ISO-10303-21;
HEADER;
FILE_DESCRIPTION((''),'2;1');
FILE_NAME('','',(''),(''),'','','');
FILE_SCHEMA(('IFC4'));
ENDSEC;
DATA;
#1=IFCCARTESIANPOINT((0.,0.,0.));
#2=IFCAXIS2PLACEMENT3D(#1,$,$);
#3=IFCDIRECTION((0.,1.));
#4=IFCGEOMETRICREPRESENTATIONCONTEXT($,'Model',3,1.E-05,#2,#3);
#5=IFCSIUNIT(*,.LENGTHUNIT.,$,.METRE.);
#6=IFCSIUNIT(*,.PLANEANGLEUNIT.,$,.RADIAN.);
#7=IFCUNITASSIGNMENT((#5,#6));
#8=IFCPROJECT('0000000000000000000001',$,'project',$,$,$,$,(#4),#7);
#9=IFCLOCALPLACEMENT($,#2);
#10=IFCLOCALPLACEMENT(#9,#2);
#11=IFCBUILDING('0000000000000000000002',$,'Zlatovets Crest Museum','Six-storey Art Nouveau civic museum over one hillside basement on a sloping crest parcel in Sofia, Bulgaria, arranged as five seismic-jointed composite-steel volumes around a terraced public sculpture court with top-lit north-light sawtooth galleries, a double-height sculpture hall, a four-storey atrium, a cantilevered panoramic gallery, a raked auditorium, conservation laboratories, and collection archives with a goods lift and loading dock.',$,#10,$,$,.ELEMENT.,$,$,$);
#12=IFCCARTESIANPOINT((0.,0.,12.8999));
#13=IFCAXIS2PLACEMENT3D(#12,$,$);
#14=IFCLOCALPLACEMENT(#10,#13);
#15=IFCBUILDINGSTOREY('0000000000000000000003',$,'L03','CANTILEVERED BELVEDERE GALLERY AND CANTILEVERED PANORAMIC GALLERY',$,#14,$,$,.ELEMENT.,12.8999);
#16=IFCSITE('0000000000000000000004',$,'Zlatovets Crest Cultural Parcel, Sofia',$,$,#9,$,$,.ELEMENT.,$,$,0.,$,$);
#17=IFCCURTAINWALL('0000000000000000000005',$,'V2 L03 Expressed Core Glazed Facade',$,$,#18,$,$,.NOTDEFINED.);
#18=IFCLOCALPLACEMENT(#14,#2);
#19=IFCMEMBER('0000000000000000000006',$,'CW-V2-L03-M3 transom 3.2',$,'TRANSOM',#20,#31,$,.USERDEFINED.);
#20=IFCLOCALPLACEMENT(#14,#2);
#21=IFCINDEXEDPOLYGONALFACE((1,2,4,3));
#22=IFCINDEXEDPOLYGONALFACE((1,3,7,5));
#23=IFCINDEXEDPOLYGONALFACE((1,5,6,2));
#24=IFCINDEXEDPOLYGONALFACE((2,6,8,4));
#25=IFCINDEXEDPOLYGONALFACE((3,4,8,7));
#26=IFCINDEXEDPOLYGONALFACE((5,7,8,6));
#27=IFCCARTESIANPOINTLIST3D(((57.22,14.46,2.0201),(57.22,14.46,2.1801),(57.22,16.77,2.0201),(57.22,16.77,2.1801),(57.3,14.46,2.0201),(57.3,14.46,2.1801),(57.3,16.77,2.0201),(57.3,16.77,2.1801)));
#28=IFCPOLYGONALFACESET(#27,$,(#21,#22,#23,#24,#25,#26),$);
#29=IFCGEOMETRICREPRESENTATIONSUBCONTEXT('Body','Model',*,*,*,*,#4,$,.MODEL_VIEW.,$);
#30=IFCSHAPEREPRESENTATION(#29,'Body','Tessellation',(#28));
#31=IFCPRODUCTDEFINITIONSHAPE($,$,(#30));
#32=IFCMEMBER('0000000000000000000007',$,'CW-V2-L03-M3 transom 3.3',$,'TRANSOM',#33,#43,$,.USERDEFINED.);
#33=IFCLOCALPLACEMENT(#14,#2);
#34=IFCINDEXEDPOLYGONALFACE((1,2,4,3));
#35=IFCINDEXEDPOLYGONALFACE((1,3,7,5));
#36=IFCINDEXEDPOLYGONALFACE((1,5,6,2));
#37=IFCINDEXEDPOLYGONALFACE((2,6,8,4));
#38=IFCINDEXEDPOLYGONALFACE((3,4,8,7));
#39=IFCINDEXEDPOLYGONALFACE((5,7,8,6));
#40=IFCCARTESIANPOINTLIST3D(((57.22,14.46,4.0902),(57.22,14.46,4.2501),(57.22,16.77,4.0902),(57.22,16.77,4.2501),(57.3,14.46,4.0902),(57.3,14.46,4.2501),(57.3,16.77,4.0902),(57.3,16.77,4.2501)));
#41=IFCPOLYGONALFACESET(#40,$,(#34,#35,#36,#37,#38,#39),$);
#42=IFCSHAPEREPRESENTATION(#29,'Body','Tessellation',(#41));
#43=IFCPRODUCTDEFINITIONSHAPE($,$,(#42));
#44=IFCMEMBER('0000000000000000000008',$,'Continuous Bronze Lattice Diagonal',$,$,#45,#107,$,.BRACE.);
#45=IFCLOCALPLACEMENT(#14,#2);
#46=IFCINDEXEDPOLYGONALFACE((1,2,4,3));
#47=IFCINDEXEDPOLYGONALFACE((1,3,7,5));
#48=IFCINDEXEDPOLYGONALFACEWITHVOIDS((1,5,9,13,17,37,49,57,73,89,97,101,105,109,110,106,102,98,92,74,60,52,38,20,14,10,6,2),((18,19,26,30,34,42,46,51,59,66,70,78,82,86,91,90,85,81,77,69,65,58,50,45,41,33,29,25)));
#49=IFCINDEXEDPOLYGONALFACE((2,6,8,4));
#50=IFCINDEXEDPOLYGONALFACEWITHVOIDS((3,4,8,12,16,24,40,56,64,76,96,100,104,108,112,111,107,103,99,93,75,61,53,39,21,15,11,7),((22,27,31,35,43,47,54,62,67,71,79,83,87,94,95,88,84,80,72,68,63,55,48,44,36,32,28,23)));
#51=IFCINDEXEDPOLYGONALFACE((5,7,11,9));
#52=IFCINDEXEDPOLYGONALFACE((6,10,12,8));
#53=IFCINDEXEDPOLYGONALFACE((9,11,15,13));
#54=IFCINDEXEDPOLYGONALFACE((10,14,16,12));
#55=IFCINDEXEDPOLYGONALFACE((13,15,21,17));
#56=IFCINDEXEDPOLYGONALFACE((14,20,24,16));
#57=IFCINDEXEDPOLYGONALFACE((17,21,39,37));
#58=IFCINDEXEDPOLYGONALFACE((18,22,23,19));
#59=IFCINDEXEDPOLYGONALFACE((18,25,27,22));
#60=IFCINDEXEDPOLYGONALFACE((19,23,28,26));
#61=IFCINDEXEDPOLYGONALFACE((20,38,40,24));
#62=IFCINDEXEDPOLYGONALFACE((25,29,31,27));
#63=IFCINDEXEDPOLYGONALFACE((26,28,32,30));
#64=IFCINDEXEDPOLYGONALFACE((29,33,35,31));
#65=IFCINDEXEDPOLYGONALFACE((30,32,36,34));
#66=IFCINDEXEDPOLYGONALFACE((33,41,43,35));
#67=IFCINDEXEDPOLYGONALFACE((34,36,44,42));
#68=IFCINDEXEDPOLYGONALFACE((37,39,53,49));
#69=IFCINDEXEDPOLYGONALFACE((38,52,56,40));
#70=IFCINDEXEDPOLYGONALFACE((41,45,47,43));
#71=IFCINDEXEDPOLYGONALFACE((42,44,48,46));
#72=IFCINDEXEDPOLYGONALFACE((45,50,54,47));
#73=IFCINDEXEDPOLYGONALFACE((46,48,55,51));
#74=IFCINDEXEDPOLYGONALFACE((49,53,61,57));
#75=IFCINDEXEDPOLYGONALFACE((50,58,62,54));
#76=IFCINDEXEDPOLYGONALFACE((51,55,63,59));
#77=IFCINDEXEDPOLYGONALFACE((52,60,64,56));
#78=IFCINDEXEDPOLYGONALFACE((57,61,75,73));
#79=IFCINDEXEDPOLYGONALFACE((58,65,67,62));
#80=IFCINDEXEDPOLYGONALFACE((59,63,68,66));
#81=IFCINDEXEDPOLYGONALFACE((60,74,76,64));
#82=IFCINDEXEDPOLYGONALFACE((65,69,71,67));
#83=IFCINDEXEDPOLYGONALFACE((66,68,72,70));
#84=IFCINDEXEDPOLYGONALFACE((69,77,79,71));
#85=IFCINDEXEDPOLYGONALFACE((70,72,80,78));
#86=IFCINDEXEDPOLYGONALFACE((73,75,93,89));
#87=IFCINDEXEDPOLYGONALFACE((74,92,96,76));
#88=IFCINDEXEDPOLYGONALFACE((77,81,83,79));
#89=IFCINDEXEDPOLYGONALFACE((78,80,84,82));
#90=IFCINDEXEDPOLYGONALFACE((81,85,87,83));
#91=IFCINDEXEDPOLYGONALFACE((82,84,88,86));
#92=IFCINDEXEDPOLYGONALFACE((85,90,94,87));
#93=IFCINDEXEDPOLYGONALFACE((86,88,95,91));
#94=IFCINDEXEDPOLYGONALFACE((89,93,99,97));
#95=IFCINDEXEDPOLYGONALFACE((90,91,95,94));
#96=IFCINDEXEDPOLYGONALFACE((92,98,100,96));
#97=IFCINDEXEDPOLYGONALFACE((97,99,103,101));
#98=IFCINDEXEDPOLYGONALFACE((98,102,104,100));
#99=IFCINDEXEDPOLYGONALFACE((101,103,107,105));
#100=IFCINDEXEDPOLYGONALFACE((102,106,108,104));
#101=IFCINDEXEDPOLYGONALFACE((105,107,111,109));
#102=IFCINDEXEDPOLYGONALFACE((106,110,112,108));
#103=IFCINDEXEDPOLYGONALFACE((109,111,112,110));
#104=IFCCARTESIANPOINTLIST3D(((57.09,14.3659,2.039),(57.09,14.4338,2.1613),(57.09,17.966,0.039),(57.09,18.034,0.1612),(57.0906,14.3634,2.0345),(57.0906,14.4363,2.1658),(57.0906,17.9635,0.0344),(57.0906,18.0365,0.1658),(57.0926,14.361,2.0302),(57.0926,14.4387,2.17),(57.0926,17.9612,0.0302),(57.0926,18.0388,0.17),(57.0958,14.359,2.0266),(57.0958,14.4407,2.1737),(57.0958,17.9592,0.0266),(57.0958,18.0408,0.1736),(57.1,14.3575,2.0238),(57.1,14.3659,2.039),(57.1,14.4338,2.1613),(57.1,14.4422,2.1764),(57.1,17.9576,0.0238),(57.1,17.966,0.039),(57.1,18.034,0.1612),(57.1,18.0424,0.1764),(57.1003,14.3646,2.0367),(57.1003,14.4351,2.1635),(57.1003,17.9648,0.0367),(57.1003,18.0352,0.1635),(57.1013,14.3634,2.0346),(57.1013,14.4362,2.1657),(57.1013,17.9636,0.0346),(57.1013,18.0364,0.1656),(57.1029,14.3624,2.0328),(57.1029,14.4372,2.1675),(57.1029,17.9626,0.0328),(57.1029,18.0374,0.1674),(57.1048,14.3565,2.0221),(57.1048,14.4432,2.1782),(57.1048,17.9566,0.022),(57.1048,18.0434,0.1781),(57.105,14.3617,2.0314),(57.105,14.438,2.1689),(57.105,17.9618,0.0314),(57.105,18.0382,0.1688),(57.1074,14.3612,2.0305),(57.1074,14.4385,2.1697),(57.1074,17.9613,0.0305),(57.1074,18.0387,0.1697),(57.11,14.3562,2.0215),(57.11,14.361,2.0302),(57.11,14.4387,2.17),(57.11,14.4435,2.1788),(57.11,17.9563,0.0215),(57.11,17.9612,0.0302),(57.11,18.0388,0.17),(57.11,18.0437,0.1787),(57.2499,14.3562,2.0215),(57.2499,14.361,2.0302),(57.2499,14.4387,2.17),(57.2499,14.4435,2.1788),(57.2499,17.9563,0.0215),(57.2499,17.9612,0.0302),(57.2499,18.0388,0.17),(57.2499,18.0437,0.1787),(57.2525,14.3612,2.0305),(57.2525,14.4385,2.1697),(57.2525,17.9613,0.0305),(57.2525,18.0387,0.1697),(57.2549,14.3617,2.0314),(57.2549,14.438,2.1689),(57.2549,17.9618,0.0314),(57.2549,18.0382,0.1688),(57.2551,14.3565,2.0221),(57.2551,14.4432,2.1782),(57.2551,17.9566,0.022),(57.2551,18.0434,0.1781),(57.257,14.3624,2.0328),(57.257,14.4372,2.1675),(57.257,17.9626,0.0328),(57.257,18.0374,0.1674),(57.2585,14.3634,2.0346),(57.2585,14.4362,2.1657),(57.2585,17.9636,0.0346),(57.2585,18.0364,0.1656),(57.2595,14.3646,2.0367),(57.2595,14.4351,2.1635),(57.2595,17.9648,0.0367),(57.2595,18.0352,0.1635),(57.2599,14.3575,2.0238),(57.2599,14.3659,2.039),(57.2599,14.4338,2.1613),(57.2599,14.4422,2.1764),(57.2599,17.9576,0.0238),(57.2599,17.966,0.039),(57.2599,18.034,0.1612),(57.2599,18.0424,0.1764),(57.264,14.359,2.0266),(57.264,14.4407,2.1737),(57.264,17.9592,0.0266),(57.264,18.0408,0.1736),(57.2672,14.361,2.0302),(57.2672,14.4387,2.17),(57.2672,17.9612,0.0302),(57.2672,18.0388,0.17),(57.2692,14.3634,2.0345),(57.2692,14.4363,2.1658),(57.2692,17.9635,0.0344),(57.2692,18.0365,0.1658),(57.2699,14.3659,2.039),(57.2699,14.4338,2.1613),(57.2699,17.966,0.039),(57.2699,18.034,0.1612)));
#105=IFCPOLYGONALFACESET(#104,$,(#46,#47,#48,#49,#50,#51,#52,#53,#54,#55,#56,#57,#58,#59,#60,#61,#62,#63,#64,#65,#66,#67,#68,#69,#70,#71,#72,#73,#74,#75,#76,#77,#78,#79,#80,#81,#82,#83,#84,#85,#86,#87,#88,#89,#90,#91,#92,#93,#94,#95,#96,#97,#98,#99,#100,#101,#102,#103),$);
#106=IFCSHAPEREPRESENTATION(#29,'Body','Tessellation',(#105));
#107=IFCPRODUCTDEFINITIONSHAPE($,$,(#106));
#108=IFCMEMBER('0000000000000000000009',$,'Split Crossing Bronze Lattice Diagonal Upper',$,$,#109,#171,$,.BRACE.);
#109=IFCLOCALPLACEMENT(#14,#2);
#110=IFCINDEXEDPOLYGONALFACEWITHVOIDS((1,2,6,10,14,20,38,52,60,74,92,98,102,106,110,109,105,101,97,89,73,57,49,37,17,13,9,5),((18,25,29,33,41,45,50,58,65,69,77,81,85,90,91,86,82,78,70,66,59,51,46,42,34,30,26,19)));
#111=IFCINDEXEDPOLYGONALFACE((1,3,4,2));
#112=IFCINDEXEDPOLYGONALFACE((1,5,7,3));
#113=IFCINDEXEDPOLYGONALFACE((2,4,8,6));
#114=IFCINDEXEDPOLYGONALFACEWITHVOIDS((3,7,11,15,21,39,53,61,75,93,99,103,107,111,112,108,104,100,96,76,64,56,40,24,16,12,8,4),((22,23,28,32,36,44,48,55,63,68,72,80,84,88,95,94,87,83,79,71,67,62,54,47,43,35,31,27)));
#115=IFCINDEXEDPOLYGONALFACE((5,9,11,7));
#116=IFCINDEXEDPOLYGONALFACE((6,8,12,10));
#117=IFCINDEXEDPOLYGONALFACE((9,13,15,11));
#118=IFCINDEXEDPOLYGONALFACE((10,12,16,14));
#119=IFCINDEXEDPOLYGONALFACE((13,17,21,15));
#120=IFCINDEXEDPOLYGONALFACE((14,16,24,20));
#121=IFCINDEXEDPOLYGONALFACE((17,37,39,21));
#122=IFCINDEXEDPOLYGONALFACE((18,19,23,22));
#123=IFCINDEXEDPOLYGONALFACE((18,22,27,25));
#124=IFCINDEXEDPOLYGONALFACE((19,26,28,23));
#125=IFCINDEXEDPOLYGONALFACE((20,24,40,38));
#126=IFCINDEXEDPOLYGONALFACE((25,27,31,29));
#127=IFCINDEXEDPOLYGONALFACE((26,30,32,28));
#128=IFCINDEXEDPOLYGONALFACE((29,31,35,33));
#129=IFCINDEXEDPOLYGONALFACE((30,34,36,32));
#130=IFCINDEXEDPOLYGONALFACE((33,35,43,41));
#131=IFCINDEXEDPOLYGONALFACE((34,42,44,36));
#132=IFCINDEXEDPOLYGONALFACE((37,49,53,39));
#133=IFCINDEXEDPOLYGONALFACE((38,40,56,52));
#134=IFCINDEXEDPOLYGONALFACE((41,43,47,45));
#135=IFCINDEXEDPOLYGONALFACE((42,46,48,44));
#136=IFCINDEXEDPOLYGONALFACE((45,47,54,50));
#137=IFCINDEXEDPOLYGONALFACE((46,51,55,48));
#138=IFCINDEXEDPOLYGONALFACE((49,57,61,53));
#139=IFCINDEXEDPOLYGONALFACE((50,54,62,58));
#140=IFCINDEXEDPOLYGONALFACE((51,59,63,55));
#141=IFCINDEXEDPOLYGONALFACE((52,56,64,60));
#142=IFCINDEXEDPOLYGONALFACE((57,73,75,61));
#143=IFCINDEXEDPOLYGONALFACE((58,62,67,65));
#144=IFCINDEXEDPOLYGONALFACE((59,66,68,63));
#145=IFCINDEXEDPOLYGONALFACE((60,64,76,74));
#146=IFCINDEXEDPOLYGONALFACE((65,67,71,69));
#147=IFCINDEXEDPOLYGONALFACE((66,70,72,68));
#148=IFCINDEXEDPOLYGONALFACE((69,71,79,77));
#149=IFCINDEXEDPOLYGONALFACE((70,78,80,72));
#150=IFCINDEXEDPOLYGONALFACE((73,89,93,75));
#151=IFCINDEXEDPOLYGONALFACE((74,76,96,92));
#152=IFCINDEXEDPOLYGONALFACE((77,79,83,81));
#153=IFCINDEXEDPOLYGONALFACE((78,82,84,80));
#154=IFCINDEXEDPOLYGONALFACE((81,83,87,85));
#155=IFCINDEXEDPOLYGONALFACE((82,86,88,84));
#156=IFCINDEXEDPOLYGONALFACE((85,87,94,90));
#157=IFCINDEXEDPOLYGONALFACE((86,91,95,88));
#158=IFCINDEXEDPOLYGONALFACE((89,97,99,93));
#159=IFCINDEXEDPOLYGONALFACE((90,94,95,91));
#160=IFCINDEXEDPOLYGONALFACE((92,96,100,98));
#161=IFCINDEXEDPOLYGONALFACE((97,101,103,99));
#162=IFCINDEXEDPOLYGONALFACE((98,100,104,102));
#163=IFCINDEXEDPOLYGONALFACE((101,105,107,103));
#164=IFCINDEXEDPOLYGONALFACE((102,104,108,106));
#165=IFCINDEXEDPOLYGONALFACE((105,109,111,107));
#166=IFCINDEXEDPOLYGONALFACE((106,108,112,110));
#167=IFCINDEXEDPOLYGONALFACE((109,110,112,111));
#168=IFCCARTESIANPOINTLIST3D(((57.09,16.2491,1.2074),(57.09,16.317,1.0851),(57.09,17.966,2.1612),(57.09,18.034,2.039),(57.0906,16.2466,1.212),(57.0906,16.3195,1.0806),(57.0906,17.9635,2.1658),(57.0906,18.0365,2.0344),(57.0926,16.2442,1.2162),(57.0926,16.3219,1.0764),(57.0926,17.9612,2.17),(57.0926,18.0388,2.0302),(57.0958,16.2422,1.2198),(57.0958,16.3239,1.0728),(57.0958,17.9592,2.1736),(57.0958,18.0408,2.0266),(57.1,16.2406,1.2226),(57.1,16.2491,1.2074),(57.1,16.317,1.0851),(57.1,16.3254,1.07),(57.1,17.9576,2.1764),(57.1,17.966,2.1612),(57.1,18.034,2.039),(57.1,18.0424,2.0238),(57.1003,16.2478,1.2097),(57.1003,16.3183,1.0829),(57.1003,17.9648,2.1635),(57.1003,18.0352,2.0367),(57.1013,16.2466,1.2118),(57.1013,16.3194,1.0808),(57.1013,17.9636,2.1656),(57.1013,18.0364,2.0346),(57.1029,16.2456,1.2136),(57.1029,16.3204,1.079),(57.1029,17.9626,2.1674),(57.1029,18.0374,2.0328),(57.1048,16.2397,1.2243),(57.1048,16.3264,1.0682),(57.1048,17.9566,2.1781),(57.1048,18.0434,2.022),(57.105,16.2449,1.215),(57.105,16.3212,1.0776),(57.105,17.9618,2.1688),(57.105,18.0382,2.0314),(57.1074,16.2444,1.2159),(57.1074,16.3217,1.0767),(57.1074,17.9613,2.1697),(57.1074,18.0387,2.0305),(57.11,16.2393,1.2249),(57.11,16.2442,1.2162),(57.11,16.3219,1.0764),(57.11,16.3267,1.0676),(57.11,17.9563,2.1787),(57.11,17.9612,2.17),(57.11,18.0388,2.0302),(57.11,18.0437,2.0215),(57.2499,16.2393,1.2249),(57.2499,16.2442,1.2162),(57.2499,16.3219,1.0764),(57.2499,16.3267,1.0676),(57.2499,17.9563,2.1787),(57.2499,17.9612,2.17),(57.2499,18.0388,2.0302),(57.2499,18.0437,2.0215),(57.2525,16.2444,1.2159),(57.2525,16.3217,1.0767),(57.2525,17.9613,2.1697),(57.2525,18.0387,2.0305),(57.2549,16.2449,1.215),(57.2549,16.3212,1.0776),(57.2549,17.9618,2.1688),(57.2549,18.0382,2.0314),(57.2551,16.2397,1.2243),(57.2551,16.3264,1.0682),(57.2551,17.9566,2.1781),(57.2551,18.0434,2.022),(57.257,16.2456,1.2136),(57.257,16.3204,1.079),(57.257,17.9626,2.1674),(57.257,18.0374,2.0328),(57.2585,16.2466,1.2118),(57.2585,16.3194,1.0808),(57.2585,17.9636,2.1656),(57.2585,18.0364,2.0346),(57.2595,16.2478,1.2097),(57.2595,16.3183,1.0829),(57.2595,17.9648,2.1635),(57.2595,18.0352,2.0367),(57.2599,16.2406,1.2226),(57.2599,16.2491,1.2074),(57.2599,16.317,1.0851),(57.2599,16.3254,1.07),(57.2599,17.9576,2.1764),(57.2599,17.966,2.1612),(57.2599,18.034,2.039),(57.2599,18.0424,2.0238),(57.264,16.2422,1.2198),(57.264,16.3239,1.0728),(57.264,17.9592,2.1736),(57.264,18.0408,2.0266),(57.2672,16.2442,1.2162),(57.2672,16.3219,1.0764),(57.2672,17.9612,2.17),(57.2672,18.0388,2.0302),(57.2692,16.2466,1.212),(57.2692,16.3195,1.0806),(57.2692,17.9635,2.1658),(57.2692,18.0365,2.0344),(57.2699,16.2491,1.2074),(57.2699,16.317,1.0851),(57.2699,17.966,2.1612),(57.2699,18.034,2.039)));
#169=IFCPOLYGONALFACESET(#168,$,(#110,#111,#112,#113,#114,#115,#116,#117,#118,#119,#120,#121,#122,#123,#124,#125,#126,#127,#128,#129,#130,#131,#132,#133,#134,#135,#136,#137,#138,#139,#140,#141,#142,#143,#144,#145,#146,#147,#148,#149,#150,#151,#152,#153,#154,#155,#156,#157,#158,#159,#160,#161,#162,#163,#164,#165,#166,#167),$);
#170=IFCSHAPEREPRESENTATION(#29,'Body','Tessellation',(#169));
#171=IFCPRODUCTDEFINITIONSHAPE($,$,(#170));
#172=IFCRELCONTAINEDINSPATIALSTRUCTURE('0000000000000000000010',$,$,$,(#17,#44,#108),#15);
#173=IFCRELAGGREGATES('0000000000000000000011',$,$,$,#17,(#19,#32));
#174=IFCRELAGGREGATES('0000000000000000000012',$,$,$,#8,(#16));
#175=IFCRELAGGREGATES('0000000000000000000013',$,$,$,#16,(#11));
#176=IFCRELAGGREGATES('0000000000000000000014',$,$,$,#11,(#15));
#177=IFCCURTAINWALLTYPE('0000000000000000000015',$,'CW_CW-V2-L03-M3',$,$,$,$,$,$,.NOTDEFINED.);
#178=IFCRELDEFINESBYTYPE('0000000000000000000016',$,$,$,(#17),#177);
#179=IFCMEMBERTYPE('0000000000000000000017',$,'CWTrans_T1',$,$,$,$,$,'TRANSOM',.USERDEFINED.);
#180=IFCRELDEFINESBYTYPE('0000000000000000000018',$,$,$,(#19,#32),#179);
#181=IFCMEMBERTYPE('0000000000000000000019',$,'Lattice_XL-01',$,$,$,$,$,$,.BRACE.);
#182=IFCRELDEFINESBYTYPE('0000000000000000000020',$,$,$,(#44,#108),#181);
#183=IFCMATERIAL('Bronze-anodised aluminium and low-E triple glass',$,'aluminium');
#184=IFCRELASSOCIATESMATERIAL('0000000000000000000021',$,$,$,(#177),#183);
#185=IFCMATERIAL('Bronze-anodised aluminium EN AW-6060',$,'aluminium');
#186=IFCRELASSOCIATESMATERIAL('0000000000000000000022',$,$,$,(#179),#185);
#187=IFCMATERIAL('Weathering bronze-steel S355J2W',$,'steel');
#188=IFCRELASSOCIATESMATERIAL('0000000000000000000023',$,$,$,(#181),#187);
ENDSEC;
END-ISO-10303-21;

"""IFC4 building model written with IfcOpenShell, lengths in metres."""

from ifc_helpers import new_model, si_unit, direction, frame, origin, origin_2d, place, context, subcontext, project, spatial, rectangle, hollow_rectangle, extrude, material, material_profile, profile_set, type_object, element, aggregate, save


model = new_model("IFC4")

# Units and contexts
model_context = context("Model", 3, precision=1e-05, world=origin(), true_north=direction((0.0, 1.0)))
body_context = subcontext(model_context, "Body", "Model", "MODEL_VIEW")
ifc_project = project(units=[si_unit("LENGTHUNIT", "METRE"), si_unit("PLANEANGLEUNIT", "RADIAN")], contexts=[model_context])

# Site, building, storey
site_placement = place(None, origin())
site = spatial("IfcSite", under=ifc_project, at=site_placement, Name="Zlatovets Crest Cultural Parcel, Sofia", CompositionType="ELEMENT", RefElevation=0.0)
building_placement = place(site_placement, origin())
building = spatial("IfcBuilding", under=site, at=building_placement, Name="Zlatovets Crest Museum", Description="Six-storey Art Nouveau civic museum over one hillside basement on a sloping crest parcel in Sofia, Bulgaria, arranged as five seismic-jointed composite-steel volumes around a terraced public sculpture court with top-lit north-light sawtooth galleries, a double-height sculpture hall, a four-storey atrium, a cantilevered panoramic gallery, a raked auditorium, conservation laboratories, and collection archives with a goods lift and loading dock.", CompositionType="ELEMENT")
storey_placement = place(building_placement, frame((0.0, 0.0, 12.8999)))
storey = spatial("IfcBuildingStorey", under=building, at=storey_placement, Name="L03", Description="CANTILEVERED BELVEDERE GALLERY AND CANTILEVERED PANORAMIC GALLERY", CompositionType="ELEMENT", Elevation=12.8999)

# Curtain wall, members
ifc_material_1 = material(Name="Bronze-anodised aluminium and low-E triple glass", Category="aluminium")
curtain_wall_type = type_object("IfcCurtainWallType", Name="CW_CW-V2-L03-M3", PredefinedType="NOTDEFINED", material=ifc_material_1)
curtain_wall_placement = place(storey_placement, origin())
curtain_wall = element("IfcCurtainWall", 1, at=curtain_wall_placement, inside=storey, type_object=curtain_wall_type, Name="V2 L03 Expressed Core Glazed Facade", PredefinedType="NOTDEFINED")
ifc_material_2 = material(Name="Bronze-anodised aluminium EN AW-6060", Category="aluminium")
ifc_material_profile_1 = material_profile(ifc_material_2, rectangle(XDim=0.0801, YDim=0.1599, at=origin_2d()), Name="ALU 80x160")
ifc_profile_set_1 = profile_set([ifc_material_profile_1], Name="Bronze-anodised aluminium EN AW-6060")
member_type_1 = type_object("IfcMemberType", Name="CWTrans_T1", ElementType="TRANSOM", PredefinedType="USERDEFINED", material=ifc_profile_set_1)
member_1_placement = place(storey_placement, frame((57.26, 16.77, 2.1001), z_axis=(0.0, -1.0, 0.0), x_axis=(1.0, 0.0, 0.0)))
member_1 = element("IfcMember", 2, at=member_1_placement, type_object=member_type_1, Name="CW-V2-L03-M3 transom 3.2", ObjectType="TRANSOM", PredefinedType="USERDEFINED", context=body_context, shape_type="SweptSolid", body=[
    extrude(rectangle(XDim=0.0801, YDim=0.1599, at=origin_2d()), origin(), (0.0, 0.0, 1.0), 2.3101),
])
member_2_placement = place(storey_placement, frame((57.26, 16.77, 4.1702), z_axis=(0.0, -1.0, 0.0), x_axis=(1.0, 0.0, 0.0)))
member_2 = element("IfcMember", 3, at=member_2_placement, type_object=member_type_1, Name="CW-V2-L03-M3 transom 3.3", ObjectType="TRANSOM", PredefinedType="USERDEFINED", context=body_context, shape_type="SweptSolid", body=[
    extrude(rectangle(XDim=0.0801, YDim=0.1599, at=origin_2d()), origin(), (0.0, 0.0, 1.0), 2.3101),
])

# Members
ifc_material_3 = material(Name="Weathering bronze-steel S355J2W", Category="steel")
ifc_material_profile_2 = material_profile(ifc_material_3, hollow_rectangle(XDim=0.1799, YDim=0.1799, WallThickness=0.01, InnerFilletRadius=0.01, OuterFilletRadius=0.02, at=origin_2d()), Name="SHS 180x180x10.0")
ifc_profile_set_2 = profile_set([ifc_material_profile_2], Name="Weathering bronze-steel S355J2W")
member_type_2 = type_object("IfcMemberType", Name="Lattice_XL-01", PredefinedType="BRACE", material=ifc_profile_set_2)
member_3_placement = place(storey_placement, frame((57.1799, 18.0, 0.1001), z_axis=(0.0, -0.874163, 0.485633), x_axis=(1.0, 0.0, 0.0)))
element("IfcMember", 4, at=member_3_placement, inside=storey, type_object=member_type_2, Name="Continuous Bronze Lattice Diagonal", PredefinedType="BRACE", context=body_context, shape_type="SweptSolid", body=[
    extrude(hollow_rectangle(XDim=0.1799, YDim=0.1799, WallThickness=0.01, InnerFilletRadius=0.01, OuterFilletRadius=0.02, at=origin_2d()), origin(), (0.0, 0.0, 1.0), 4.1184),
])
for number, where, z_axis, x_axis, name in (
    (5, (57.1799, 18.0, 2.1001), (0.0, -0.874169, -0.485622), (1.0, 0.0, 0.0), "Split Crossing Bronze Lattice Diagonal Upper"),
):
    element("IfcMember", number, at=place(storey_placement, frame(where, z_axis=z_axis, x_axis=x_axis)), inside=storey, type_object=member_type_2, Name=name, PredefinedType="BRACE", context=body_context, shape_type="SweptSolid", body=[
        extrude(hollow_rectangle(XDim=0.1799, YDim=0.1799, WallThickness=0.01, InnerFilletRadius=0.01, OuterFilletRadius=0.02, at=origin_2d()), origin(), (0.0, 0.0, 1.0), 1.9641),
    ])

aggregate(curtain_wall, [member_1, member_2])

save(model, "model.ifc")
